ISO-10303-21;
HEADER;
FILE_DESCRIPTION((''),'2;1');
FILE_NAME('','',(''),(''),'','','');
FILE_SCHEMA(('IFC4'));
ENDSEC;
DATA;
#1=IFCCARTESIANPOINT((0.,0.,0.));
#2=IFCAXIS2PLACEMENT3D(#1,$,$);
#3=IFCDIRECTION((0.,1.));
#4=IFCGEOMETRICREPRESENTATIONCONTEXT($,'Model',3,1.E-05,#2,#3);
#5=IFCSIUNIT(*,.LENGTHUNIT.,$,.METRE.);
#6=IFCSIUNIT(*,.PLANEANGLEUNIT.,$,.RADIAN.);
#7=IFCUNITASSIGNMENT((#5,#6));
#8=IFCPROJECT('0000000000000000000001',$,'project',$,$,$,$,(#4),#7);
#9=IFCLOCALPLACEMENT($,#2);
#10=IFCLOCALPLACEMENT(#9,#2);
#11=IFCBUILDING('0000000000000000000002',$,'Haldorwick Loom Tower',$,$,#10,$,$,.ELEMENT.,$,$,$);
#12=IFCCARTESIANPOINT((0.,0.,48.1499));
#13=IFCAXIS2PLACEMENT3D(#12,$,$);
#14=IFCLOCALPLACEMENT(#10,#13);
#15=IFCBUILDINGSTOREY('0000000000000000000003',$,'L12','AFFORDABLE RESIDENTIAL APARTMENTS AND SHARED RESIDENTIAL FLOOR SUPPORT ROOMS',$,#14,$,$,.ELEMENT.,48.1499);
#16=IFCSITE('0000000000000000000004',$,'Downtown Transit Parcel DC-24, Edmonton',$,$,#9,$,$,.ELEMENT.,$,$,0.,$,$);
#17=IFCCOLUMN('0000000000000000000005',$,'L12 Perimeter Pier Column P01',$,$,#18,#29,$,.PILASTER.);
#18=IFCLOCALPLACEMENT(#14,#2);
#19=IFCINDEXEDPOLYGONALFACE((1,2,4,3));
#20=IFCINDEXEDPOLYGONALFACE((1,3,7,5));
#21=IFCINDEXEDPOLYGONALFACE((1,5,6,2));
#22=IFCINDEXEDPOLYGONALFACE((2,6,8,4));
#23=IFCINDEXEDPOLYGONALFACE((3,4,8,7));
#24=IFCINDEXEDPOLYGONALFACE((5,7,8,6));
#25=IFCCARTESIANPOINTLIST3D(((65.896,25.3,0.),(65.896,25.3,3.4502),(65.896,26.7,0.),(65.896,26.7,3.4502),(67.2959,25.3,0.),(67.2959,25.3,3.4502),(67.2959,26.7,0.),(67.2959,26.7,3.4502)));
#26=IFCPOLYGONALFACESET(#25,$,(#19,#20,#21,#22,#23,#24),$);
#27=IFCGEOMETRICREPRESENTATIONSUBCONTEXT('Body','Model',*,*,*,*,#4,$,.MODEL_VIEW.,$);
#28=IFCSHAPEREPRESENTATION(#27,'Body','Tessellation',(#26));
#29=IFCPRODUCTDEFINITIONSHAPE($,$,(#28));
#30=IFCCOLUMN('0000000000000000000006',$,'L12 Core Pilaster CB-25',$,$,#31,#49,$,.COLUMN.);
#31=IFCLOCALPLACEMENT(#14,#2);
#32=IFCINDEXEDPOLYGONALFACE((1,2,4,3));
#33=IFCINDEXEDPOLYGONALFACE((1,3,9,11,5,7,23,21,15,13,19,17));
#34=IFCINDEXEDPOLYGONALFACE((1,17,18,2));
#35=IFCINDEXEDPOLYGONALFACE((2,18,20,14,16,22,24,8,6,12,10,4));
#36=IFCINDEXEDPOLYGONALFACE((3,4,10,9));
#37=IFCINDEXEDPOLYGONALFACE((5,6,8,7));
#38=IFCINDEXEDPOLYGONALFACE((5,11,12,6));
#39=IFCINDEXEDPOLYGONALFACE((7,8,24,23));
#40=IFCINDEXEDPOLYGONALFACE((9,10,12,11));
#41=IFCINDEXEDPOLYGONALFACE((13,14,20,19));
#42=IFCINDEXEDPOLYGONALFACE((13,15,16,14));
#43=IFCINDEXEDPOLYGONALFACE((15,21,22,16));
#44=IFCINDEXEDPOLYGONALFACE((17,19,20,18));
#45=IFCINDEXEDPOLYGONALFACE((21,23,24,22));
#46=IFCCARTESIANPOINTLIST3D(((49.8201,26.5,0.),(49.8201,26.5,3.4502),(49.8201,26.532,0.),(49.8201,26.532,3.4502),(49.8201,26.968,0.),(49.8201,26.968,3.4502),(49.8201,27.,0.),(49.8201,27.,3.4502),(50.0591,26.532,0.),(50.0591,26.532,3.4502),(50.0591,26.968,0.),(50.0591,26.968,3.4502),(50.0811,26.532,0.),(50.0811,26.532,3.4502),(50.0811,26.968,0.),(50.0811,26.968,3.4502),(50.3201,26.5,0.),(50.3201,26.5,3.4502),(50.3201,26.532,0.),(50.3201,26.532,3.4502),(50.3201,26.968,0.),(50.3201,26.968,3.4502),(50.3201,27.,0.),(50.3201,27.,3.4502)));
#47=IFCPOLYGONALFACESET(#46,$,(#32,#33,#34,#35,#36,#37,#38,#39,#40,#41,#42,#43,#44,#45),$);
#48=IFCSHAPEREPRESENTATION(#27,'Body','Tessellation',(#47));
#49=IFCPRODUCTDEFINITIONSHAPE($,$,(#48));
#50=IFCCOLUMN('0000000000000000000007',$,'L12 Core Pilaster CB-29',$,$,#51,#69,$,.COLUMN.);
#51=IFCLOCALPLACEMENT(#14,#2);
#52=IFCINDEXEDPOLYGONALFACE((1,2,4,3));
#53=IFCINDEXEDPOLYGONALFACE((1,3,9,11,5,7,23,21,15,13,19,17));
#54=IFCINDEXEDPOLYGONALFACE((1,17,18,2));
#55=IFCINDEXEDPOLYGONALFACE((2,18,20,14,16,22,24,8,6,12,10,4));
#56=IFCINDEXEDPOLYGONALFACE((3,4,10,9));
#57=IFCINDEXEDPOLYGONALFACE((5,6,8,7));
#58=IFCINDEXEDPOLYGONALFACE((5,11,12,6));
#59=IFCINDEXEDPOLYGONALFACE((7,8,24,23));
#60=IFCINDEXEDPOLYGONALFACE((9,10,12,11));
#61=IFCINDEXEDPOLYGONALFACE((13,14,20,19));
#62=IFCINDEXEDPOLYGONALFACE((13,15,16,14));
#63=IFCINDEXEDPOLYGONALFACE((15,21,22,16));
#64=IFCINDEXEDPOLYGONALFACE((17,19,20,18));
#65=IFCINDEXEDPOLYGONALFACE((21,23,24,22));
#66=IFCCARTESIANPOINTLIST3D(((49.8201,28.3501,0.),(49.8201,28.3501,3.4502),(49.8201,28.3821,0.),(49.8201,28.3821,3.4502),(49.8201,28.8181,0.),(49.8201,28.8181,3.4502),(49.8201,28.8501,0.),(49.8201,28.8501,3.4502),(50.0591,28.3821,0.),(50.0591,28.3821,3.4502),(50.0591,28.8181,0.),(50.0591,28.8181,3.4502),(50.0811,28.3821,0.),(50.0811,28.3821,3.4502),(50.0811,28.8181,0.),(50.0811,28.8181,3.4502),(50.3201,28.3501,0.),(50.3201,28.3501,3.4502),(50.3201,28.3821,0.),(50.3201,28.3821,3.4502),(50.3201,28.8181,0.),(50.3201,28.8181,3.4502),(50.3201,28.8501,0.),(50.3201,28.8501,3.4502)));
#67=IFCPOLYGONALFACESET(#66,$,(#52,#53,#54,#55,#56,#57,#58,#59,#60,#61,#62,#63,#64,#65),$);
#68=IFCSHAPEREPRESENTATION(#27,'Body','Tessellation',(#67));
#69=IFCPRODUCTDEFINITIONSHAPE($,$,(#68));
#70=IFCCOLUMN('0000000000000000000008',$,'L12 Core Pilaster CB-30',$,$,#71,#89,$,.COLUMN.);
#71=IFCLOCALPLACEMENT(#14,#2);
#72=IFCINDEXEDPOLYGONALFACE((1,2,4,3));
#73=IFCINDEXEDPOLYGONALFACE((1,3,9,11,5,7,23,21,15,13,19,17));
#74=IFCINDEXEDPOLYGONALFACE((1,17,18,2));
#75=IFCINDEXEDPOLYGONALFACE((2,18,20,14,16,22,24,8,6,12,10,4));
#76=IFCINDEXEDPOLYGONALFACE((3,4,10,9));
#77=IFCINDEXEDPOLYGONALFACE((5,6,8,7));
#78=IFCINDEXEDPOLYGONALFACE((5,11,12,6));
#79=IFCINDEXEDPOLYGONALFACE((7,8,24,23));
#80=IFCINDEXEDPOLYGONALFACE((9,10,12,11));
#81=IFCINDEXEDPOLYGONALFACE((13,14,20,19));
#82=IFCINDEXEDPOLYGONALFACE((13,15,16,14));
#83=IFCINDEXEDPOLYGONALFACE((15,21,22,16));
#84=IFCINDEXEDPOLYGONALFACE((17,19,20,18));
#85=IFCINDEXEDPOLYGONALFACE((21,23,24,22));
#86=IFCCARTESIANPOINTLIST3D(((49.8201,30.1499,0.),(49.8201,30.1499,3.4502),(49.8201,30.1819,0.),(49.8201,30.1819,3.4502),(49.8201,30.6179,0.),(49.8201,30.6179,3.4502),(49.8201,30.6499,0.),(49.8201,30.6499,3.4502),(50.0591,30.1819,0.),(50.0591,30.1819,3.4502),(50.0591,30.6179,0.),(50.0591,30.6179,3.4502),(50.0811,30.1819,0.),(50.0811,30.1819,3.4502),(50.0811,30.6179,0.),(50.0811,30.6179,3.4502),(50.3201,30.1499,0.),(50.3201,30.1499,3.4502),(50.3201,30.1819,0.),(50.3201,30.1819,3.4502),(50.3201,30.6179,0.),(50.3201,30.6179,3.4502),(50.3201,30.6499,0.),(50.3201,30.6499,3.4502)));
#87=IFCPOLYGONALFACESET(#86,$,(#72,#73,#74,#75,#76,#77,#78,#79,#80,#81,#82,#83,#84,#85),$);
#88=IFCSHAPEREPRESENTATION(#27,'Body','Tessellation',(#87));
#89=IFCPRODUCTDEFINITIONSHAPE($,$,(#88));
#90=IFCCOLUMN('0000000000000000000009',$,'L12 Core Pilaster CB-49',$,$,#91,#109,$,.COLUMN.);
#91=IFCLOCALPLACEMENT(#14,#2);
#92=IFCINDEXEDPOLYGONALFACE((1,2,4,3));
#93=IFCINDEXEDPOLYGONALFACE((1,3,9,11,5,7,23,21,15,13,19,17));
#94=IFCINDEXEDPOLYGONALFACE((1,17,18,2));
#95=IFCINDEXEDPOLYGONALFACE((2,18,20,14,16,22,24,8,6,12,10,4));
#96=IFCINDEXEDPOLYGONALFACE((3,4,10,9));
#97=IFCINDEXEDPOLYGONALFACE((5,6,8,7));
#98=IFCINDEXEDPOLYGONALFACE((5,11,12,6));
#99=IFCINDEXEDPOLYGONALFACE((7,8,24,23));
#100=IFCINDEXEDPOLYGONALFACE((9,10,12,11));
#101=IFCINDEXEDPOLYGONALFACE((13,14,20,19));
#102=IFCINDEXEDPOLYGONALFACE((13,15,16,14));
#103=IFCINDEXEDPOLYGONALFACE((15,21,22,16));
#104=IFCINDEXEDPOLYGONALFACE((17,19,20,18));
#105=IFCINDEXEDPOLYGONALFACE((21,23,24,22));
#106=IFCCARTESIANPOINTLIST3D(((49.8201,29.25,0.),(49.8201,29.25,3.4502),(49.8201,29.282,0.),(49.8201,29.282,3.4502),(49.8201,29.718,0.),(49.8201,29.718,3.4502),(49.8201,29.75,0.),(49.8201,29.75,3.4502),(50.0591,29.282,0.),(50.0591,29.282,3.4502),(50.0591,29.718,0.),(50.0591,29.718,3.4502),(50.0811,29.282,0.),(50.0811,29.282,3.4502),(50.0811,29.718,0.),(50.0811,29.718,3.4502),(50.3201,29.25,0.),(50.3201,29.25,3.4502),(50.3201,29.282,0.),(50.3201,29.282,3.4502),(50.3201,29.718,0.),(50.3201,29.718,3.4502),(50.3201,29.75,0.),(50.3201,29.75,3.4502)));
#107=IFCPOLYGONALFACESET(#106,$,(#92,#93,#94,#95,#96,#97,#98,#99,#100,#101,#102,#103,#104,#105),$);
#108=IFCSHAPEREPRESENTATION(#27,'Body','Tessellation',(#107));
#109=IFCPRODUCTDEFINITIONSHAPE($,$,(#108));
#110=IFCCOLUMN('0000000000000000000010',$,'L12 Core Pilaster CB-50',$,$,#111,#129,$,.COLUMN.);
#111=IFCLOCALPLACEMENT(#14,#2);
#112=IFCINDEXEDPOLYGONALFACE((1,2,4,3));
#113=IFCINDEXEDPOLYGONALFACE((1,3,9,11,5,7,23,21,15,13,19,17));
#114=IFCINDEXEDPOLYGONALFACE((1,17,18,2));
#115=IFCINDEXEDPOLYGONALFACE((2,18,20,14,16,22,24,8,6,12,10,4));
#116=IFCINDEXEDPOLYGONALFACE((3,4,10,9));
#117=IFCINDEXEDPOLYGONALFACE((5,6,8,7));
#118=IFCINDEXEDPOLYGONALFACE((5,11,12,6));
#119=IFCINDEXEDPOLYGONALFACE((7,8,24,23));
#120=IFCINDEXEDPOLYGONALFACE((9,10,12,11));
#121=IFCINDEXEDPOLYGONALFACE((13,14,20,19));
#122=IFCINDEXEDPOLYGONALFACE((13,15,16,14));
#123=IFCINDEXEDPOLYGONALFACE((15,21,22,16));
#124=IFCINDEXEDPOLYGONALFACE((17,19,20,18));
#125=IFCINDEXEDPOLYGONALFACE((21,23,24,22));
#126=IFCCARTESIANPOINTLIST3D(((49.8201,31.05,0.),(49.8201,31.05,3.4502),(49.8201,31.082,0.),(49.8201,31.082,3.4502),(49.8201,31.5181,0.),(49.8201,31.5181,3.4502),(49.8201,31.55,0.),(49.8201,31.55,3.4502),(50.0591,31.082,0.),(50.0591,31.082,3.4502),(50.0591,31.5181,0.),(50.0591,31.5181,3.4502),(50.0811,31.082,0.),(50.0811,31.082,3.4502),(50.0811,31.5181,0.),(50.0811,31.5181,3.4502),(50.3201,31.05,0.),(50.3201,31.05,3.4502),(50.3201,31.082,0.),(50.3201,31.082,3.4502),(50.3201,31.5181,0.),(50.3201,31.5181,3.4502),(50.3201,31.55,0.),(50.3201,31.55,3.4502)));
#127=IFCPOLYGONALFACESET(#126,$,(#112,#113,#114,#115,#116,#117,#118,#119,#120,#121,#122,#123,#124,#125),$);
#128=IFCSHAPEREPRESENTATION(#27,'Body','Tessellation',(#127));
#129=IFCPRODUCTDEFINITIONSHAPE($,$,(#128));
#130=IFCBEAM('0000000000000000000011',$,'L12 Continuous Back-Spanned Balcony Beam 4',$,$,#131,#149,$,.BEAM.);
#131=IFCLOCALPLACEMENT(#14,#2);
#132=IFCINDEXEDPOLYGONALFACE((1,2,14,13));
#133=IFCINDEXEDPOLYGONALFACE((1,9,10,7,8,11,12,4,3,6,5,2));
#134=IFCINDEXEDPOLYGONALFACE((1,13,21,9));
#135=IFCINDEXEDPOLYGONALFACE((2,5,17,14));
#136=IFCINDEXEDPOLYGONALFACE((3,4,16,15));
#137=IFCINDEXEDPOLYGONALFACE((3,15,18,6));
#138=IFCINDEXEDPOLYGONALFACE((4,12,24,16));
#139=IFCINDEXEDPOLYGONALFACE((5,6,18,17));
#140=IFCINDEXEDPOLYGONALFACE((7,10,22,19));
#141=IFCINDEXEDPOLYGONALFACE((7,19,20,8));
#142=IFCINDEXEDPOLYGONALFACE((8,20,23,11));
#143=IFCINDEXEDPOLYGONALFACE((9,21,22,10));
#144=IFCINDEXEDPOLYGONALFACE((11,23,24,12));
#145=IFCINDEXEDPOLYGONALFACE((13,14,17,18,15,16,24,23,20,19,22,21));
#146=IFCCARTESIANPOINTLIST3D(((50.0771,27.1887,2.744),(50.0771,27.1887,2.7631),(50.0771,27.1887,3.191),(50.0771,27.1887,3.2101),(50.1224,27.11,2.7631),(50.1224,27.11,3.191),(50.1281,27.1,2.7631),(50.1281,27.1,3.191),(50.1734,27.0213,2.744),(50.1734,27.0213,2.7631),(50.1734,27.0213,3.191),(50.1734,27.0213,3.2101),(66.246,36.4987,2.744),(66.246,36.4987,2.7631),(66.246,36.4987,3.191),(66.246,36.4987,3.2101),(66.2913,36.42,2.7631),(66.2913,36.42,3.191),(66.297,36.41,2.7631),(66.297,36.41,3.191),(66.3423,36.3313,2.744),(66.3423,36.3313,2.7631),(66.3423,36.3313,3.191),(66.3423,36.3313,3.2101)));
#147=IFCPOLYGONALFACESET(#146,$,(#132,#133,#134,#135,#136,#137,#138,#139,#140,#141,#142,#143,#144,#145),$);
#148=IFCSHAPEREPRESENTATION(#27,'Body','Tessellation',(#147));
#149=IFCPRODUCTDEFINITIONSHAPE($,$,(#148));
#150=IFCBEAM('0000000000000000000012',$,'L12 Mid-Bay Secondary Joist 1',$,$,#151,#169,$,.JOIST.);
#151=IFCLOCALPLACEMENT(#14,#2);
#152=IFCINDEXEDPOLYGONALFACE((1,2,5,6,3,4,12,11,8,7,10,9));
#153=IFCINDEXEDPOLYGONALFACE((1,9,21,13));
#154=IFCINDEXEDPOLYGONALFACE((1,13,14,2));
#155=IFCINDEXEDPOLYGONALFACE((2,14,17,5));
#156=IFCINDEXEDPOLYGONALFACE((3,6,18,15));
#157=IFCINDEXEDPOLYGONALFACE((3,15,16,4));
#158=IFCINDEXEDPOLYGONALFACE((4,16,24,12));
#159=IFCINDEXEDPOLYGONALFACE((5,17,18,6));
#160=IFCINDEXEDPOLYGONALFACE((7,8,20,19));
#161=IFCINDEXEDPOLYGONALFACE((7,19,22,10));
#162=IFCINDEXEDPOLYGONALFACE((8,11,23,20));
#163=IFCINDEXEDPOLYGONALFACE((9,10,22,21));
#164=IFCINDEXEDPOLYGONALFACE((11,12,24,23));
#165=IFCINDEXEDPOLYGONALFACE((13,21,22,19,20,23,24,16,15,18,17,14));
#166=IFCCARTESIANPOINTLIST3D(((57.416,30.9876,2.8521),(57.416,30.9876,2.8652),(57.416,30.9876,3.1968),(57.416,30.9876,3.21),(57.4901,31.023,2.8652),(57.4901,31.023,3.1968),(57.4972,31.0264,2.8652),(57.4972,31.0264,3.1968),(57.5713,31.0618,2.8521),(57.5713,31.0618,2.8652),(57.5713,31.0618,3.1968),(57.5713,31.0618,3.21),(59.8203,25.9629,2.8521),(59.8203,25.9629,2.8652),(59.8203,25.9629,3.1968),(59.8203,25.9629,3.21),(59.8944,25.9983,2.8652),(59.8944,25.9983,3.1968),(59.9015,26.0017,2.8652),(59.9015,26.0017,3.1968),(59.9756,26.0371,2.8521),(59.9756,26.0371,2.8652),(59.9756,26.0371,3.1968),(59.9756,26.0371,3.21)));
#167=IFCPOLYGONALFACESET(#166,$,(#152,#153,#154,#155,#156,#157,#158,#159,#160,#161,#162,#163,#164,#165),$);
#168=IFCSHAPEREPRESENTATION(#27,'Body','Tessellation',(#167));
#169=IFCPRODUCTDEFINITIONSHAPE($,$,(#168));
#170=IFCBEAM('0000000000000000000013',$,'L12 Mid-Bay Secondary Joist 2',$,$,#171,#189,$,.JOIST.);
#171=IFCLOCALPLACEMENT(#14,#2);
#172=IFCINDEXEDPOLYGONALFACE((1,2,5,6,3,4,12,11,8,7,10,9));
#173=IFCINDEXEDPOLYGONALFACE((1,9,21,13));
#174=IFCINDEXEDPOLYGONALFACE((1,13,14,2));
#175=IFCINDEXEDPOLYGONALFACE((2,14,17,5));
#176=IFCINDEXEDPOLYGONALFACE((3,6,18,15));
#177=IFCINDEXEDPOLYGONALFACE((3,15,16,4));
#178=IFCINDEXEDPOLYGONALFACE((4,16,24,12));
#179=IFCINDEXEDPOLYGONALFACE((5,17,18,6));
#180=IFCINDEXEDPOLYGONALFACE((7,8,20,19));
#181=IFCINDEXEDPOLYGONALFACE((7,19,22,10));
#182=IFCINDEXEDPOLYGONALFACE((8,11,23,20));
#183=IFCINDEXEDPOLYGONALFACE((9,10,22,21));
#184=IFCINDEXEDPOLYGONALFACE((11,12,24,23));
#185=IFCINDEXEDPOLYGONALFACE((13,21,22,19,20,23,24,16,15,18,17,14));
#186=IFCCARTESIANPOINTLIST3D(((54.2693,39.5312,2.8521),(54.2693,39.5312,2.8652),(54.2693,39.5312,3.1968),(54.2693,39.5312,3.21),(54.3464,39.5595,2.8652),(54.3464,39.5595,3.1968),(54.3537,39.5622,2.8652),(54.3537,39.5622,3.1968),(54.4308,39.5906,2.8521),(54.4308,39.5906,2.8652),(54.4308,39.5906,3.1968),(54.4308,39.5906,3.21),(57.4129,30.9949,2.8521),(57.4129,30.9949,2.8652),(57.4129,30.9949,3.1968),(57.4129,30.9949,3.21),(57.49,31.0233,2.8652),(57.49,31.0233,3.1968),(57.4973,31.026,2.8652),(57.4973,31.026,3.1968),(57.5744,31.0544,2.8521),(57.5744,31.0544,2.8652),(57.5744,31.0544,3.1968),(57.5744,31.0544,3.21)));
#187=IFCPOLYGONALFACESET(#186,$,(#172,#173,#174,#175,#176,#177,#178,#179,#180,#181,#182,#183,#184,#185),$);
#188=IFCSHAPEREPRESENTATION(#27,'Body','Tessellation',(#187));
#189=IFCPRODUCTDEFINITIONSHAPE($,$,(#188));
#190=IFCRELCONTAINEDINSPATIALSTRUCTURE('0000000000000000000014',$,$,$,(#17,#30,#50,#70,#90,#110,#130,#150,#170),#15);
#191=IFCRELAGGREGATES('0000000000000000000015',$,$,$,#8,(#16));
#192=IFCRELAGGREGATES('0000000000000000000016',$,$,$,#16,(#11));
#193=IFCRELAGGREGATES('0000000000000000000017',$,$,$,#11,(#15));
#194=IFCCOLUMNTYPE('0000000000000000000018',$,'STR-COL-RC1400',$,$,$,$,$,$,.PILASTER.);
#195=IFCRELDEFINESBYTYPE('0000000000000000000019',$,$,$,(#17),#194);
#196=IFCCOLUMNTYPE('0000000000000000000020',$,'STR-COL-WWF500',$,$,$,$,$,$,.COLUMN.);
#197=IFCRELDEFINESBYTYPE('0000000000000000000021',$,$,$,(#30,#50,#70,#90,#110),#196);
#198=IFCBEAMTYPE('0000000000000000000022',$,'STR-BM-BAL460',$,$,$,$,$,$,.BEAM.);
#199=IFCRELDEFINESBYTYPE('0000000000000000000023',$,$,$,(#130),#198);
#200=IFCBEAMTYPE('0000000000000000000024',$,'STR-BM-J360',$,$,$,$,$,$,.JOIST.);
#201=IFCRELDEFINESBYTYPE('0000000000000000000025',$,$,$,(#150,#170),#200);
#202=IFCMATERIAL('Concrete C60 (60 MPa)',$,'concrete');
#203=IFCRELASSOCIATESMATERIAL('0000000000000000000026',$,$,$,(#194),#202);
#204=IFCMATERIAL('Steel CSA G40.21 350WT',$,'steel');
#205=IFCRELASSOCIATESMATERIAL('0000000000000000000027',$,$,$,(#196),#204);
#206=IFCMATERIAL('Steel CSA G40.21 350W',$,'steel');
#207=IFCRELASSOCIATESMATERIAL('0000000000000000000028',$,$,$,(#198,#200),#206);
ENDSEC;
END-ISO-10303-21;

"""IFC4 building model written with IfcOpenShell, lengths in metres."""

from ifc_helpers import new_model, si_unit, direction, frame, origin, origin_2d, place, context, subcontext, project, spatial, rectangle, i_section, extrude, material, material_profile, profile_set, type_object, element, save


model = new_model("IFC4")

# Units and contexts
model_context = context("Model", 3, precision=1e-05, world=origin(), true_north=direction((0.0, 1.0)))
body_context = subcontext(model_context, "Body", "Model", "MODEL_VIEW")
ifc_project = project(units=[si_unit("LENGTHUNIT", "METRE"), si_unit("PLANEANGLEUNIT", "RADIAN")], contexts=[model_context])

# Site, building, storey
site_placement = place(None, origin())
site = spatial("IfcSite", under=ifc_project, at=site_placement, Name="Downtown Transit Parcel DC-24, Edmonton", CompositionType="ELEMENT", RefElevation=0.0)
building_placement = place(site_placement, origin())
building = spatial("IfcBuilding", under=site, at=building_placement, Name="Haldorwick Loom Tower", CompositionType="ELEMENT")
storey_placement = place(building_placement, frame((0.0, 0.0, 48.1499)))
storey = spatial("IfcBuildingStorey", under=building, at=storey_placement, Name="L12", Description="AFFORDABLE RESIDENTIAL APARTMENTS AND SHARED RESIDENTIAL FLOOR SUPPORT ROOMS", CompositionType="ELEMENT", Elevation=48.1499)

# Columns
ifc_material_1 = material(Name="Concrete C60 (60 MPa)", Category="concrete")
ifc_material_profile_1 = material_profile(ifc_material_1, rectangle(XDim=1.3999, YDim=1.3999, at=origin_2d()), Name="RC1400X1400", Category="concrete")
ifc_profile_set_1 = profile_set([ifc_material_profile_1], Name="Concrete C60 (60 MPa)")
column_type_1 = type_object("IfcColumnType", Name="STR-COL-RC1400", PredefinedType="PILASTER", material=ifc_profile_set_1)
column_placement = place(storey_placement, frame((66.5959, 26.0, 0.0), z_axis=(0.0, 0.0, 1.0), x_axis=(1.0, 0.0, 0.0)))
element("IfcColumn", 1, at=column_placement, inside=storey, type_object=column_type_1, Name="L12 Perimeter Pier Column P01", PredefinedType="PILASTER", context=body_context, shape_type="SweptSolid", body=[
    extrude(rectangle(XDim=1.3999, YDim=1.3999, at=origin_2d()), origin(), (0.0, 0.0, 1.0), 3.4502),
])
ifc_material_2 = material(Name="Steel CSA G40.21 350WT", Category="steel")
ifc_material_profile_2 = material_profile(ifc_material_2, i_section(OverallWidth=0.5, OverallDepth=0.5, WebThickness=0.022, FlangeThickness=0.032, at=origin_2d()), Name="WWF500X500", Category="steel")
ifc_profile_set_2 = profile_set([ifc_material_profile_2], Name="Steel CSA G40.21 350WT")
column_type_2 = type_object("IfcColumnType", Name="STR-COL-WWF500", PredefinedType="COLUMN", material=ifc_profile_set_2)
for number, where, z_axis, x_axis, name in (
    (2, (50.0701, 26.75, 0.0), (0.0, 0.0, 1.0), (1.0, 0.0, 0.0), "L12 Core Pilaster CB-25"),
    (3, (50.0701, 28.6001, 0.0), (0.0, 0.0, 1.0), (1.0, 0.0, 0.0), "L12 Core Pilaster CB-29"),
    (4, (50.0701, 30.3999, 0.0), (0.0, 0.0, 1.0), (1.0, 0.0, 0.0), "L12 Core Pilaster CB-30"),
    (5, (50.0701, 29.5, 0.0), (0.0, 0.0, 1.0), (1.0, 0.0, 0.0), "L12 Core Pilaster CB-49"),
    (6, (50.0701, 31.3, 0.0), (0.0, 0.0, 1.0), (1.0, 0.0, 0.0), "L12 Core Pilaster CB-50"),
):
    element("IfcColumn", number, at=place(storey_placement, frame(where, z_axis=z_axis, x_axis=x_axis)), inside=storey, type_object=column_type_2, Name=name, PredefinedType="COLUMN", context=body_context, shape_type="SweptSolid", body=[
        extrude(i_section(OverallWidth=0.5, OverallDepth=0.5, WebThickness=0.022, FlangeThickness=0.032, at=origin_2d()), origin(), (0.0, 0.0, 1.0), 3.4502),
    ])

# Beams
ifc_material_3 = material(Name="Steel CSA G40.21 350W", Category="steel")
ifc_material_profile_3 = material_profile(ifc_material_3, i_section(OverallWidth=0.1931, OverallDepth=0.4661, WebThickness=0.0115, FlangeThickness=0.019, at=origin_2d()), Name="W460X97", Category="steel")
ifc_profile_set_3 = profile_set([ifc_material_profile_3], Name="Steel CSA G40.21 350W")
beam_type_1 = type_object("IfcBeamType", Name="STR-BM-BAL460", PredefinedType="BEAM", material=ifc_profile_set_3)
beam_1_placement = place(storey_placement, frame((50.1252, 27.105, 2.9771), z_axis=(0.866607, 0.498991, 0.0), x_axis=(-0.498991, 0.866607, 0.0)))
element("IfcBeam", 7, at=beam_1_placement, inside=storey, type_object=beam_type_1, Name="L12 Continuous Back-Spanned Balcony Beam 4", PredefinedType="BEAM", context=body_context, shape_type="SweptSolid", body=[
    extrude(i_section(OverallWidth=0.1931, OverallDepth=0.4661, WebThickness=0.0115, FlangeThickness=0.019, at=origin_2d()), origin(), (0.0, 0.0, 1.0), 18.6577),
])
ifc_material_profile_4 = material_profile(ifc_material_3, i_section(OverallWidth=0.1721, OverallDepth=0.3579, WebThickness=0.0078, FlangeThickness=0.0132, at=origin_2d()), Name="W360X57", Category="steel")
ifc_profile_set_4 = profile_set([ifc_material_profile_4], Name="Steel CSA G40.21 350W")
beam_type_2 = type_object("IfcBeamType", Name="STR-BM-J360", PredefinedType="JOIST", material=ifc_profile_set_4)
beam_2_placement = place(storey_placement, frame((59.8979, 26.0, 3.031), z_axis=(-0.431631, 0.90205, 0.0), x_axis=(-0.90205, -0.431631, 0.0)))
element("IfcBeam", 8, at=beam_2_placement, inside=storey, type_object=beam_type_2, Name="L12 Mid-Bay Secondary Joist 1", PredefinedType="JOIST", context=body_context, shape_type="SweptSolid", body=[
    extrude(i_section(OverallWidth=0.1721, OverallDepth=0.3579, WebThickness=0.0078, FlangeThickness=0.0132, at=origin_2d()), origin(), (0.0, 0.0, 1.0), 5.5703),
])
beam_3_placement = place(storey_placement, frame((57.4937, 31.0247, 3.031), z_axis=(-0.345576, 0.938391, 0.0), x_axis=(-0.938391, -0.345576, 0.0)))
element("IfcBeam", 9, at=beam_3_placement, inside=storey, type_object=beam_type_2, Name="L12 Mid-Bay Secondary Joist 2", PredefinedType="JOIST", context=body_context, shape_type="SweptSolid", body=[
    extrude(i_section(OverallWidth=0.1721, OverallDepth=0.3579, WebThickness=0.0078, FlangeThickness=0.0132, at=origin_2d()), origin(), (0.0, 0.0, 1.0), 9.0967),
])

save(model, "model.ifc")
